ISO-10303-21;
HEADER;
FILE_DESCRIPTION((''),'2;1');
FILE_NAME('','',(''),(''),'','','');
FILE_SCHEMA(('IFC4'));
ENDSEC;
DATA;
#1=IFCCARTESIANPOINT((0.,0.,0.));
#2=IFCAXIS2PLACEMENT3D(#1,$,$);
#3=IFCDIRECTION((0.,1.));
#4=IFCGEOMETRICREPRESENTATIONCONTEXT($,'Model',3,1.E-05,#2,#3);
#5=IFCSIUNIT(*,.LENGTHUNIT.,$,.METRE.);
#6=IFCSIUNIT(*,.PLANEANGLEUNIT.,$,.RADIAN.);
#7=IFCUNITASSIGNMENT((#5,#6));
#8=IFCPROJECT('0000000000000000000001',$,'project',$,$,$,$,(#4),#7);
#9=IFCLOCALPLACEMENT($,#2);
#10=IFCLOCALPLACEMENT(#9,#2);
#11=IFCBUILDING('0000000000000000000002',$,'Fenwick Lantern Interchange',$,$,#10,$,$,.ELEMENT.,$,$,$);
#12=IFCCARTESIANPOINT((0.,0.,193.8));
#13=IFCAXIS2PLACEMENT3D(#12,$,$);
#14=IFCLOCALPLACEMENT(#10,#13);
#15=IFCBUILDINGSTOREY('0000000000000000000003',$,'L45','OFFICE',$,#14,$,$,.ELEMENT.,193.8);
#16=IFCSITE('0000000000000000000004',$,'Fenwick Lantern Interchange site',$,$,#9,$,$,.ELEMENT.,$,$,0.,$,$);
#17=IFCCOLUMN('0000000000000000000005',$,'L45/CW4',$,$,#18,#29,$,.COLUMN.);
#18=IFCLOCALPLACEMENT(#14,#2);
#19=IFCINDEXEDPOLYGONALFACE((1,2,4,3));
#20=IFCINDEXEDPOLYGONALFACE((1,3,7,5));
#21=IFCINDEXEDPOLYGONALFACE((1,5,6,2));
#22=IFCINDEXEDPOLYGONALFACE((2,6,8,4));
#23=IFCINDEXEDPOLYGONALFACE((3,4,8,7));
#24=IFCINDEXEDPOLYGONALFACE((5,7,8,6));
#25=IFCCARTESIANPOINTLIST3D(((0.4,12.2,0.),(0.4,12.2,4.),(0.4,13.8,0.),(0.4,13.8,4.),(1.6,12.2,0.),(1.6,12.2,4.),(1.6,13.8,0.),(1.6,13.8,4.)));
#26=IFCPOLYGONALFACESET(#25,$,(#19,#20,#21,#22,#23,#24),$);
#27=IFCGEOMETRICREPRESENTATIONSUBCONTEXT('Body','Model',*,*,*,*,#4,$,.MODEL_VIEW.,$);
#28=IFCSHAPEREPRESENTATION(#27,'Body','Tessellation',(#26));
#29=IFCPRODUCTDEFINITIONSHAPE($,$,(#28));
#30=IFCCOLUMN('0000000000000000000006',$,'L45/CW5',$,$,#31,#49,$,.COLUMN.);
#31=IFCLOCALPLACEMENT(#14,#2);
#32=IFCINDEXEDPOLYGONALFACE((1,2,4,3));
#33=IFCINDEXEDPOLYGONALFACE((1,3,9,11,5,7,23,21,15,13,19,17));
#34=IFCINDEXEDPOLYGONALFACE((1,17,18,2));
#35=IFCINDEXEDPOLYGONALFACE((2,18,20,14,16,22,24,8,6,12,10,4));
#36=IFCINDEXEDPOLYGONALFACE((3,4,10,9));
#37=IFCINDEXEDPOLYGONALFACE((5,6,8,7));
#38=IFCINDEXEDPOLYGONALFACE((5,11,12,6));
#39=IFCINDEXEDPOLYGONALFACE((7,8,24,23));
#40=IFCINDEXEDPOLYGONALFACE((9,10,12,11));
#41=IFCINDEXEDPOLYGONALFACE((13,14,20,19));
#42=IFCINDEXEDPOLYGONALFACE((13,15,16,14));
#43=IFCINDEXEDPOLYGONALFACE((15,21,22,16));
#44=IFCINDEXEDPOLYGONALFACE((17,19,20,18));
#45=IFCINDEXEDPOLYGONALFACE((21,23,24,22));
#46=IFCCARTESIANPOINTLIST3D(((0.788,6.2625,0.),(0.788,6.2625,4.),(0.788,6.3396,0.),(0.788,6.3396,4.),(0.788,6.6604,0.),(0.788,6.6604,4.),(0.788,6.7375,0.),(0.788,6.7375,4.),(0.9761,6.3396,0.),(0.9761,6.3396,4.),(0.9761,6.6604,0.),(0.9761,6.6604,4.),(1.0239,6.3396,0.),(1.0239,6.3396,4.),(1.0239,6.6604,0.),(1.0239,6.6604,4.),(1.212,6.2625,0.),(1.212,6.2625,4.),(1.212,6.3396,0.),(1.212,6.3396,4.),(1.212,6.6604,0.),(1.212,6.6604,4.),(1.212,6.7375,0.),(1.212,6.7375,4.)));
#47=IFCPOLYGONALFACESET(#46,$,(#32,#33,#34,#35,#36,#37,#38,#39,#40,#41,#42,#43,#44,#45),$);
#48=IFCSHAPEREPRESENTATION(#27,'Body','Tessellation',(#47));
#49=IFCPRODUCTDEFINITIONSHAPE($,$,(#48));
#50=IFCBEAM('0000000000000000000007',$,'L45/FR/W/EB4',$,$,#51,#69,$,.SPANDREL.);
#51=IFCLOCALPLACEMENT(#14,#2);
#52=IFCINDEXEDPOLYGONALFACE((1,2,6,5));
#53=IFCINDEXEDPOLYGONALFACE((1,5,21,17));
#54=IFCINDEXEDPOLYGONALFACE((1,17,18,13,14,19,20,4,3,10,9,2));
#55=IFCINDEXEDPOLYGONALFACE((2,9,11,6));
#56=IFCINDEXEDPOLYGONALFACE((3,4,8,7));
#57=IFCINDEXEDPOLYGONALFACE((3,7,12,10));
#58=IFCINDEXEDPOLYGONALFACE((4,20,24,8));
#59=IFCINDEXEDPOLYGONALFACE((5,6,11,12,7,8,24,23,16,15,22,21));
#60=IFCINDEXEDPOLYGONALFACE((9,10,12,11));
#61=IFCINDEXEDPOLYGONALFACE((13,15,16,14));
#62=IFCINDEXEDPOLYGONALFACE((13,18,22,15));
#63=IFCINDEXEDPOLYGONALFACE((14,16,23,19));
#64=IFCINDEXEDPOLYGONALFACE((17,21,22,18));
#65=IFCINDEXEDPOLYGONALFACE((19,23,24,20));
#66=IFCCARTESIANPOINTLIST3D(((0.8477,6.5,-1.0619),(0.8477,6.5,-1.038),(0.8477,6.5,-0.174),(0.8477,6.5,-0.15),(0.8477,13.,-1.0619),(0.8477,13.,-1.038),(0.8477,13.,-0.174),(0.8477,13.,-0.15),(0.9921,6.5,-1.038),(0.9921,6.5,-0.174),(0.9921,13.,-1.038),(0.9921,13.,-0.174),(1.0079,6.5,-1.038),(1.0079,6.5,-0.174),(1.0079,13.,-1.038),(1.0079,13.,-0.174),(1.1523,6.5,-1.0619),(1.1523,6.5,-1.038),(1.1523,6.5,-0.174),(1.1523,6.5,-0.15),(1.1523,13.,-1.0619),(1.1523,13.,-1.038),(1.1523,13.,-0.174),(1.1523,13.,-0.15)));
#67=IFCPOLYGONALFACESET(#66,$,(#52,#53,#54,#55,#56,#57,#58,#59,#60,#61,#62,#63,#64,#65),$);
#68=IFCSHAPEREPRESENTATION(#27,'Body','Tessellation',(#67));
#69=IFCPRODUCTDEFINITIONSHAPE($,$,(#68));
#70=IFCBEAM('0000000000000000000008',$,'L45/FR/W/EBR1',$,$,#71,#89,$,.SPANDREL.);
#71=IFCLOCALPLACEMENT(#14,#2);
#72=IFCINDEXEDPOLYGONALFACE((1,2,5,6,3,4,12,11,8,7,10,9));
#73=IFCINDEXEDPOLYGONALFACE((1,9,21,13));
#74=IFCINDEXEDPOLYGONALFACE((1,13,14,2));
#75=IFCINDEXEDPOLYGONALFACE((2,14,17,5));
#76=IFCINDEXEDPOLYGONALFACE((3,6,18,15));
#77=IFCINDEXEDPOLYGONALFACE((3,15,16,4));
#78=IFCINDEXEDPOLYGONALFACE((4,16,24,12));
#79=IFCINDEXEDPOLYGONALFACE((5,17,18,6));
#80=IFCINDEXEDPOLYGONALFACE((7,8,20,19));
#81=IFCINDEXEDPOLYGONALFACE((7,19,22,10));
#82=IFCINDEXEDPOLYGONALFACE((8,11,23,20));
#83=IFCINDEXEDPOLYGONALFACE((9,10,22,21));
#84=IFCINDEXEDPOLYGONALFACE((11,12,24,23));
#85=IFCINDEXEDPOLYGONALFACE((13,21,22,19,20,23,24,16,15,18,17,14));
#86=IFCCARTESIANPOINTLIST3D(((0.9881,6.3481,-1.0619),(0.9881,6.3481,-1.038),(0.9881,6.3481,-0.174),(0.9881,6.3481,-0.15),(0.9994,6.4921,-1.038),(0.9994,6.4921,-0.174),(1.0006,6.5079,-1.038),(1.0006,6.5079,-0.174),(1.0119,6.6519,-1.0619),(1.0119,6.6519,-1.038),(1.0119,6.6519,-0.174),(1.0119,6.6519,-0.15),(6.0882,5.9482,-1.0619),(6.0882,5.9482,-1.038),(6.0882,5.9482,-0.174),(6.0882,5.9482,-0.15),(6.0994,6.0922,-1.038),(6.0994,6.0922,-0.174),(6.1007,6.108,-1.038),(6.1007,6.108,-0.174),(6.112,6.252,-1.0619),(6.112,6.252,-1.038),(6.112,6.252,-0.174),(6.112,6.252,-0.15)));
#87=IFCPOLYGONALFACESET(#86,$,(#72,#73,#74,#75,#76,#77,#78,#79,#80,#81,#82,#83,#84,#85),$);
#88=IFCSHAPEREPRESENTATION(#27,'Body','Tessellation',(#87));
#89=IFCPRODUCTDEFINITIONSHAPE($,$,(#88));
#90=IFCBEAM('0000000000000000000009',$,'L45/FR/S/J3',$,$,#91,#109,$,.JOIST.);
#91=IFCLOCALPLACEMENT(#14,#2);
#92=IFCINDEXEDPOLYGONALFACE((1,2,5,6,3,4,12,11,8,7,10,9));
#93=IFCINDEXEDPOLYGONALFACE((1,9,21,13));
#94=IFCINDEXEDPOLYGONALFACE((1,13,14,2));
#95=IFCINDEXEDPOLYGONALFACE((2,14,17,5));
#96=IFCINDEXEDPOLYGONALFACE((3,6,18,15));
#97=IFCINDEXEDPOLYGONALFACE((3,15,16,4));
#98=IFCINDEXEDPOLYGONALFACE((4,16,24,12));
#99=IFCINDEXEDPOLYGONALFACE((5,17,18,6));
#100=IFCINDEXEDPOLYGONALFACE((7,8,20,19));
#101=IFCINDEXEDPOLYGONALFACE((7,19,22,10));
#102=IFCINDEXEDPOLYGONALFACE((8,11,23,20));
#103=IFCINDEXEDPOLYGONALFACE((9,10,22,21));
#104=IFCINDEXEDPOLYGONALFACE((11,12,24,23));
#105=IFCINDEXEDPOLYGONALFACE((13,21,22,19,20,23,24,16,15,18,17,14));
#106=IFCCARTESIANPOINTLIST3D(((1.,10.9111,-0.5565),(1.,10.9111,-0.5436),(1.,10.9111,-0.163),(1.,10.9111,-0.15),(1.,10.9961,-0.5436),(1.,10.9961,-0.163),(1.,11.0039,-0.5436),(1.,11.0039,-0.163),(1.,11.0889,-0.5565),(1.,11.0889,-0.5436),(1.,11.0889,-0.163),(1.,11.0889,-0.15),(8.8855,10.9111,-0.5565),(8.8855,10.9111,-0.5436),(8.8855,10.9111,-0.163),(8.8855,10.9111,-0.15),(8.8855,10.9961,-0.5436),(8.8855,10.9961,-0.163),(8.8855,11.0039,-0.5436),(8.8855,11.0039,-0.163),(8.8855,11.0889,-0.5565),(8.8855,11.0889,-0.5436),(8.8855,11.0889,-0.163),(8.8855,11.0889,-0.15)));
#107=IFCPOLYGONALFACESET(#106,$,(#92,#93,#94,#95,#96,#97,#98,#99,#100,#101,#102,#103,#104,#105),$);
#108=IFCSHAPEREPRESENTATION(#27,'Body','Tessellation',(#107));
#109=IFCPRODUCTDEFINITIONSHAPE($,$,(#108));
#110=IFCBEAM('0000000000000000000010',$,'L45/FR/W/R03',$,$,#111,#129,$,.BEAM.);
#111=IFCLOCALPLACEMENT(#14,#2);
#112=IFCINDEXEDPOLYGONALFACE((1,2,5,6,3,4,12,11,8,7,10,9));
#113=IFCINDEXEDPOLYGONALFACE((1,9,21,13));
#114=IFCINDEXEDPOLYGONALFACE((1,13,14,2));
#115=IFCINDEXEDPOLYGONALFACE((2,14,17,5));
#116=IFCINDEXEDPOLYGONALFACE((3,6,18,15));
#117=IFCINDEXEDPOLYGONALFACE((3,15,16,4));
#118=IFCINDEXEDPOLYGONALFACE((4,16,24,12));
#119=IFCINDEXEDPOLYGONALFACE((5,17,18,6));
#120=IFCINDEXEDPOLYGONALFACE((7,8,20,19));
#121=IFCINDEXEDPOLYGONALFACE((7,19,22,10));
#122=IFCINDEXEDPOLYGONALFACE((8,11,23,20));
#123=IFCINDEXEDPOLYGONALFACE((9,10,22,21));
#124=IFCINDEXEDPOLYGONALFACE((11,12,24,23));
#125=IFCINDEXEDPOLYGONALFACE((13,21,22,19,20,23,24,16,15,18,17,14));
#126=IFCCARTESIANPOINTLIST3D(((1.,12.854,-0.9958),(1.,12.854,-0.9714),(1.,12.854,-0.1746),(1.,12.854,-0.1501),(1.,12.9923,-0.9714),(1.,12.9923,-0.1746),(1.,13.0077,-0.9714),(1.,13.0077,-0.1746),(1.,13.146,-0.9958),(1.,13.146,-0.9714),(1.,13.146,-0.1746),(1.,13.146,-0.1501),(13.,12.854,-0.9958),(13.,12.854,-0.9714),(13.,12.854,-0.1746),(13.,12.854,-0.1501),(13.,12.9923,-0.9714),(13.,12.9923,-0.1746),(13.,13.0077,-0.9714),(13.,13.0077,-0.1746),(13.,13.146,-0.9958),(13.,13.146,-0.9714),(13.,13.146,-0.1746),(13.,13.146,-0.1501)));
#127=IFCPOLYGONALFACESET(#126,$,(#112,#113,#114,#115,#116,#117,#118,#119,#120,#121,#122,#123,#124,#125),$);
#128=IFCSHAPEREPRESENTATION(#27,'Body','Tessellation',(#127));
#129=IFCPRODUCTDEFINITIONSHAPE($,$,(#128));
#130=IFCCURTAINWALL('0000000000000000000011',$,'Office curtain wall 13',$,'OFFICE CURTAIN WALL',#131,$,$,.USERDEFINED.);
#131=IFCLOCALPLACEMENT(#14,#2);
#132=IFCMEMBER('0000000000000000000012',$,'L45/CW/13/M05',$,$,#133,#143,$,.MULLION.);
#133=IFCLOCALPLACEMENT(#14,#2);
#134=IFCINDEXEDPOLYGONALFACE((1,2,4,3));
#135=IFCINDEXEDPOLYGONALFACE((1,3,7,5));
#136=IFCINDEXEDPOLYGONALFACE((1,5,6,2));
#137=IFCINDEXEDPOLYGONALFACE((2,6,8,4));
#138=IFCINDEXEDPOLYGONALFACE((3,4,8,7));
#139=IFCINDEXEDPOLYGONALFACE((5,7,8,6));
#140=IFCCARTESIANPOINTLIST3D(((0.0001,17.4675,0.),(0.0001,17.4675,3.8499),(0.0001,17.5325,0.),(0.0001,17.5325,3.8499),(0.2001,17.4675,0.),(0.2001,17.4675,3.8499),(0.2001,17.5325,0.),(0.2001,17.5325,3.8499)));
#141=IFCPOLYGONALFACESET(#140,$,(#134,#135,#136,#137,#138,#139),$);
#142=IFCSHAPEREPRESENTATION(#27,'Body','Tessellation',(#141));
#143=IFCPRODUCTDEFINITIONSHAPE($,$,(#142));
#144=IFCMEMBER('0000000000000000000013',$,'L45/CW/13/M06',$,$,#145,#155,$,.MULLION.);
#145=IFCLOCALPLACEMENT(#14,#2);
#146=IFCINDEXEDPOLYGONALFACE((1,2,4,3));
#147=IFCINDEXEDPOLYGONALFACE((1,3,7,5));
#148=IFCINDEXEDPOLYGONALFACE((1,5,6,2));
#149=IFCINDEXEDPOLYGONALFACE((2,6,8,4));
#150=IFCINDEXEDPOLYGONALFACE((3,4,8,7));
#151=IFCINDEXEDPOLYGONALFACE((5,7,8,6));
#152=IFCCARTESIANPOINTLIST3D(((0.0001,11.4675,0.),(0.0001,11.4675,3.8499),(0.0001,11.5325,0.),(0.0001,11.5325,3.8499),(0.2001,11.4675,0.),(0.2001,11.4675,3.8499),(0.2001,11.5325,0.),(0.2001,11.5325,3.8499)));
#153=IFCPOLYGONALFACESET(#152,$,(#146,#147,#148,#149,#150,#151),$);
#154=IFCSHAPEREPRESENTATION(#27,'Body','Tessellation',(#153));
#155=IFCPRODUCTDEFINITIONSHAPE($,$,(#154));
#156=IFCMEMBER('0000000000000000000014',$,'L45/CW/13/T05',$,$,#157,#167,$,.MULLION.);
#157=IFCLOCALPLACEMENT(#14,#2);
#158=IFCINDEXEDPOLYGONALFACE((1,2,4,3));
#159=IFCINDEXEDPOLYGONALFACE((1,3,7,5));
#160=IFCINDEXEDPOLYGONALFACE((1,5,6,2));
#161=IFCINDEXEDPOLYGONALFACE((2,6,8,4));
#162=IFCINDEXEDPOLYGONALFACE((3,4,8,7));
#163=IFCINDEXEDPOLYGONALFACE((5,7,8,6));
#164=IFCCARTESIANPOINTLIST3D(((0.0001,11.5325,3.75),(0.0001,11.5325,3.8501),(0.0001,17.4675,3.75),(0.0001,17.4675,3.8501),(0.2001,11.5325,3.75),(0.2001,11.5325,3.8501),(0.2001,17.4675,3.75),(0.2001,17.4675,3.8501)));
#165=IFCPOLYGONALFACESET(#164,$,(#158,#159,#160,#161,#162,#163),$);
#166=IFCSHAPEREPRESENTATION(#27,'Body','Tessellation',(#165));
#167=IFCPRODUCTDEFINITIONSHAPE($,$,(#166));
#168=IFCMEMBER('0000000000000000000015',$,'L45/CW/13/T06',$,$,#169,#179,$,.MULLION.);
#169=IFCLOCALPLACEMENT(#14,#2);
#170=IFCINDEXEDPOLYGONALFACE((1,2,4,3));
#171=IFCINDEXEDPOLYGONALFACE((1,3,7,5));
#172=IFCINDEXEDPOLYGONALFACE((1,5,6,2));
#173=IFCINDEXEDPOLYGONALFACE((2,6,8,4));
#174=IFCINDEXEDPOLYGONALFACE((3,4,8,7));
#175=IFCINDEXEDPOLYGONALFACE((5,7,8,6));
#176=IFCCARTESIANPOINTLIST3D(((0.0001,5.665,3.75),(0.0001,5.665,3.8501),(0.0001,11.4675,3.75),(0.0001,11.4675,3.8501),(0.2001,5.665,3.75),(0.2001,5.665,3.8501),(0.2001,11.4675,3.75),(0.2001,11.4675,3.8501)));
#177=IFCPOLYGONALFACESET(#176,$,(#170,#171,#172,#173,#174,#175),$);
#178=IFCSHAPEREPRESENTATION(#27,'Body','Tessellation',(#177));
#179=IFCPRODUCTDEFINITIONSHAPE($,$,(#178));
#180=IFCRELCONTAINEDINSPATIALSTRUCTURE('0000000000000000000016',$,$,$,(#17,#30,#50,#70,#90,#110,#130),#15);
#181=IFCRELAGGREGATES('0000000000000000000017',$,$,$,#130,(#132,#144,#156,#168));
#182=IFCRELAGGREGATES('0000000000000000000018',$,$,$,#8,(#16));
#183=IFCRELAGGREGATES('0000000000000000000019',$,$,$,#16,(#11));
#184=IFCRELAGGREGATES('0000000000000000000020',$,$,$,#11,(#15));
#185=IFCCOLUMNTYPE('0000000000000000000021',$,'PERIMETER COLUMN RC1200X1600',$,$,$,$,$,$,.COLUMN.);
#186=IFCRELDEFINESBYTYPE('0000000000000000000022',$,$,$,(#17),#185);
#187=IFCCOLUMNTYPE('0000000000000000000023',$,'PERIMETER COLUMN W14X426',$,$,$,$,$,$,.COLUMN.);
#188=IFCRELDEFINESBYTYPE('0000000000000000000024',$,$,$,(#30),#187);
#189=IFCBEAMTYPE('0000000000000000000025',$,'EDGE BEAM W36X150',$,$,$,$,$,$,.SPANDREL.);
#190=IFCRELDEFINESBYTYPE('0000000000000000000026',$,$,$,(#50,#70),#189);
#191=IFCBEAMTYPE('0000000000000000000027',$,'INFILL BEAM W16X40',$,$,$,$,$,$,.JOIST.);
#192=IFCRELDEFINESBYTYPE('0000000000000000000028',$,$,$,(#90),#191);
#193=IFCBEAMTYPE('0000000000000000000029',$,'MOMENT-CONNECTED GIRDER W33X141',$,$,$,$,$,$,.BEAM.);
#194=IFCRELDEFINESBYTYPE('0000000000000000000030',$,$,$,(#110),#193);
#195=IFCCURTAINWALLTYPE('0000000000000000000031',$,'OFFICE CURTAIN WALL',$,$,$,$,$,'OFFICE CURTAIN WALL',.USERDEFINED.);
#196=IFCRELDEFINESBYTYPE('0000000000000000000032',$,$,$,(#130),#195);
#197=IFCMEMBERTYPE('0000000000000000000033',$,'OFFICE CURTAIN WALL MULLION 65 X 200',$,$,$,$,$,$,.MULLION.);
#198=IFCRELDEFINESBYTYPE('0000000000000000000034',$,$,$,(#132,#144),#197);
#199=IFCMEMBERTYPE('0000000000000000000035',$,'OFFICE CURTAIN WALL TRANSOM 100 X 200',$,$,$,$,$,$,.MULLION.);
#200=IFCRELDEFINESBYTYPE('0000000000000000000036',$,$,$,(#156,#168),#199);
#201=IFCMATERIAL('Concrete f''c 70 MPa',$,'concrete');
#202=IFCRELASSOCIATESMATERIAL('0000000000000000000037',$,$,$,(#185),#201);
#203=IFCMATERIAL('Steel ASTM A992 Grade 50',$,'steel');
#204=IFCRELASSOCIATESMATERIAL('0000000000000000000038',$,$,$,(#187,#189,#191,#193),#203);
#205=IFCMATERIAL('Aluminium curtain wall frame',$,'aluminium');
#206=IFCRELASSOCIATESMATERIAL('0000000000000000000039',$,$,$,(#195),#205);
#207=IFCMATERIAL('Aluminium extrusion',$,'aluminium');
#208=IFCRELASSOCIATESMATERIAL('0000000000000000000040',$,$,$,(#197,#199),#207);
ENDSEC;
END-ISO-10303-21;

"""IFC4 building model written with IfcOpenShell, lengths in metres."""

from ifc_helpers import new_model, si_unit, direction, frame, origin, origin_2d, place, context, subcontext, project, spatial, rectangle, i_section, extrude, material, material_profile, profile_set, type_object, element, aggregate, save


model = new_model("IFC4")

# Units and contexts
model_context = context("Model", 3, precision=1e-05, world=origin(), true_north=direction((0.0, 1.0)))
body_context = subcontext(model_context, "Body", "Model", "MODEL_VIEW")
ifc_project = project(units=[si_unit("LENGTHUNIT", "METRE"), si_unit("PLANEANGLEUNIT", "RADIAN")], contexts=[model_context])

# Site, building, storey
site_placement = place(None, origin())
site = spatial("IfcSite", under=ifc_project, at=site_placement, Name="Fenwick Lantern Interchange site", CompositionType="ELEMENT", RefElevation=0.0)
building_placement = place(site_placement, origin())
building = spatial("IfcBuilding", under=site, at=building_placement, Name="Fenwick Lantern Interchange", CompositionType="ELEMENT")
storey_placement = place(building_placement, frame((0.0, 0.0, 193.8)))
storey = spatial("IfcBuildingStorey", under=building, at=storey_placement, Name="L45", Description="OFFICE", CompositionType="ELEMENT", Elevation=193.8)

# Columns
ifc_material_1 = material(Name="Concrete f'c 70 MPa", Category="concrete")
ifc_material_profile_1 = material_profile(ifc_material_1, rectangle(XDim=1.2, YDim=1.6001, at=origin_2d()), Name="RC1200X1600")
ifc_profile_set_1 = profile_set([ifc_material_profile_1], Name="Concrete f'c 70 MPa")
column_type_1 = type_object("IfcColumnType", Name="PERIMETER COLUMN RC1200X1600", PredefinedType="COLUMN", material=ifc_profile_set_1)
column_1_placement = place(storey_placement, frame((1.0, 13.0, 0.0), z_axis=(0.0, 0.0, 1.0), x_axis=(1.0, 0.0, 0.0)))
element("IfcColumn", 1, at=column_1_placement, inside=storey, type_object=column_type_1, Name="L45/CW4", PredefinedType="COLUMN", context=body_context, shape_type="SweptSolid", body=[
    extrude(rectangle(XDim=1.2, YDim=1.6001, at=origin_2d()), origin(), (0.0, 0.0, 1.0), 4.0),
])
ifc_material_2 = material(Name="Steel ASTM A992 Grade 50", Category="steel")
ifc_material_profile_2 = material_profile(ifc_material_2, i_section(OverallWidth=0.4241, OverallDepth=0.4751, WebThickness=0.0479, FlangeThickness=0.0771, at=origin_2d()), Name="W14X426")
ifc_profile_set_2 = profile_set([ifc_material_profile_2], Name="Steel ASTM A992 Grade 50")
column_type_2 = type_object("IfcColumnType", Name="PERIMETER COLUMN W14X426", PredefinedType="COLUMN", material=ifc_profile_set_2)
column_2_placement = place(storey_placement, frame((1.0, 6.5, 0.0), z_axis=(0.0, 0.0, 1.0), x_axis=(1.0, 0.0, 0.0)))
element("IfcColumn", 2, at=column_2_placement, inside=storey, type_object=column_type_2, Name="L45/CW5", PredefinedType="COLUMN", context=body_context, shape_type="SweptSolid", body=[
    extrude(i_section(OverallWidth=0.4241, OverallDepth=0.4751, WebThickness=0.0479, FlangeThickness=0.0771, at=origin_2d()), origin(), (0.0, 0.0, 1.0), 4.0),
])

# Beams
ifc_material_profile_3 = material_profile(ifc_material_2, i_section(OverallWidth=0.3047, OverallDepth=0.9119, WebThickness=0.0159, FlangeThickness=0.0239, at=origin_2d()), Name="W36X150")
ifc_profile_set_3 = profile_set([ifc_material_profile_3], Name="Steel ASTM A992 Grade 50")
beam_type_1 = type_object("IfcBeamType", Name="EDGE BEAM W36X150", PredefinedType="SPANDREL", material=ifc_profile_set_3)
beam_1_placement = place(storey_placement, frame((1.0, 13.0, -0.606), z_axis=(0.0, -1.0, 0.0), x_axis=(1.0, 0.0, 0.0)))
element("IfcBeam", 3, at=beam_1_placement, inside=storey, type_object=beam_type_1, Name="L45/FR/W/EB4", PredefinedType="SPANDREL", context=body_context, shape_type="SweptSolid", body=[
    extrude(i_section(OverallWidth=0.3047, OverallDepth=0.9119, WebThickness=0.0159, FlangeThickness=0.0239, at=origin_2d()), origin(), (0.0, 0.0, 1.0), 6.5),
])
beam_2_placement = place(storey_placement, frame((1.0, 6.5, -0.606), z_axis=(0.99694, -0.078171, 0.0), x_axis=(0.078171, 0.99694, 0.0)))
element("IfcBeam", 4, at=beam_2_placement, inside=storey, type_object=beam_type_1, Name="L45/FR/W/EBR1", PredefinedType="SPANDREL", context=body_context, shape_type="SweptSolid", body=[
    extrude(i_section(OverallWidth=0.3047, OverallDepth=0.9119, WebThickness=0.0159, FlangeThickness=0.0239, at=origin_2d()), origin(), (0.0, 0.0, 1.0), 5.1157),
])
ifc_material_profile_4 = material_profile(ifc_material_2, i_section(OverallWidth=0.1777, OverallDepth=0.4065, WebThickness=0.0078, FlangeThickness=0.0129, at=origin_2d()), Name="W16X40")
ifc_profile_set_4 = profile_set([ifc_material_profile_4], Name="Steel ASTM A992 Grade 50")
beam_type_2 = type_object("IfcBeamType", Name="INFILL BEAM W16X40", PredefinedType="JOIST", material=ifc_profile_set_4)
beam_3_placement = place(storey_placement, frame((1.0, 11.0, -0.3533), z_axis=(1.0, 0.0, 0.0), x_axis=(0.0, 1.0, 0.0)))
element("IfcBeam", 5, at=beam_3_placement, inside=storey, type_object=beam_type_2, Name="L45/FR/S/J3", PredefinedType="JOIST", context=body_context, shape_type="SweptSolid", body=[
    extrude(i_section(OverallWidth=0.1777, OverallDepth=0.4065, WebThickness=0.0078, FlangeThickness=0.0129, at=origin_2d()), origin(), (0.0, 0.0, 1.0), 7.8855),
])
ifc_material_profile_5 = material_profile(ifc_material_2, i_section(OverallWidth=0.292, OverallDepth=0.8457, WebThickness=0.0154, FlangeThickness=0.0244, at=origin_2d()), Name="W33X141")
ifc_profile_set_5 = profile_set([ifc_material_profile_5], Name="Steel ASTM A992 Grade 50")
beam_type_3 = type_object("IfcBeamType", Name="MOMENT-CONNECTED GIRDER W33X141", PredefinedType="BEAM", material=ifc_profile_set_5)
beam_4_placement = place(storey_placement, frame((1.0, 13.0, -0.573), z_axis=(1.0, 0.0, 0.0), x_axis=(0.0, 1.0, 0.0)))
element("IfcBeam", 6, at=beam_4_placement, inside=storey, type_object=beam_type_3, Name="L45/FR/W/R03", PredefinedType="BEAM", context=body_context, shape_type="SweptSolid", body=[
    extrude(i_section(OverallWidth=0.292, OverallDepth=0.8457, WebThickness=0.0154, FlangeThickness=0.0244, at=origin_2d()), origin(), (0.0, 0.0, 1.0), 12.0),
])

# Curtain wall, members
ifc_material_3 = material(Name="Aluminium curtain wall frame", Category="aluminium")
curtain_wall_type = type_object("IfcCurtainWallType", Name="OFFICE CURTAIN WALL", ElementType="OFFICE CURTAIN WALL", PredefinedType="USERDEFINED", material=ifc_material_3)
curtain_wall_placement = place(storey_placement, origin())
curtain_wall = element("IfcCurtainWall", 7, at=curtain_wall_placement, inside=storey, type_object=curtain_wall_type, Name="Office curtain wall 13", ObjectType="OFFICE CURTAIN WALL", PredefinedType="USERDEFINED")
ifc_material_4 = material(Name="Aluminium extrusion", Category="aluminium")
ifc_material_profile_6 = material_profile(ifc_material_4, rectangle(XDim=0.2, YDim=0.0649, at=origin_2d()), Name="OFFICE CURTAIN WALL MULLION 65 X 200")
ifc_profile_set_6 = profile_set([ifc_material_profile_6], Name="Aluminium extrusion")
member_type_1 = type_object("IfcMemberType", Name="OFFICE CURTAIN WALL MULLION 65 X 200", PredefinedType="MULLION", material=ifc_profile_set_6)
member_1_placement = place(storey_placement, frame((0.1001, 17.5, 0.0), z_axis=(0.0, 0.0, 1.0), x_axis=(1.0, 0.0, 0.0)))
member_1 = element("IfcMember", 8, at=member_1_placement, type_object=member_type_1, Name="L45/CW/13/M05", PredefinedType="MULLION", context=body_context, shape_type="SweptSolid", body=[
    extrude(rectangle(XDim=0.2, YDim=0.0649, at=origin_2d()), origin(), (0.0, 0.0, 1.0), 3.8499),
])
member_2_placement = place(storey_placement, frame((0.1001, 11.5, 0.0), z_axis=(0.0, 0.0, 1.0), x_axis=(1.0, 0.0, 0.0)))
member_2 = element("IfcMember", 9, at=member_2_placement, type_object=member_type_1, Name="L45/CW/13/M06", PredefinedType="MULLION", context=body_context, shape_type="SweptSolid", body=[
    extrude(rectangle(XDim=0.2, YDim=0.0649, at=origin_2d()), origin(), (0.0, 0.0, 1.0), 3.8499),
])
ifc_material_profile_7 = material_profile(ifc_material_4, rectangle(XDim=0.2, YDim=0.1001, at=origin_2d()), Name="OFFICE CURTAIN WALL TRANSOM 100 X 200")
ifc_profile_set_7 = profile_set([ifc_material_profile_7], Name="Aluminium extrusion")
member_type_2 = type_object("IfcMemberType", Name="OFFICE CURTAIN WALL TRANSOM 100 X 200", PredefinedType="MULLION", material=ifc_profile_set_7)
member_3_placement = place(storey_placement, frame((0.1001, 17.4675, 3.8), z_axis=(0.0, -1.0, 0.0), x_axis=(1.0, 0.0, 0.0)))
member_3 = element("IfcMember", 10, at=member_3_placement, type_object=member_type_2, Name="L45/CW/13/T05", PredefinedType="MULLION", context=body_context, shape_type="SweptSolid", body=[
    extrude(rectangle(XDim=0.2, YDim=0.1001, at=origin_2d()), origin(), (0.0, 0.0, 1.0), 5.9351),
])
member_4_placement = place(storey_placement, frame((0.1001, 11.4675, 3.8), z_axis=(0.0, -1.0, 0.0), x_axis=(1.0, 0.0, 0.0)))
member_4 = element("IfcMember", 11, at=member_4_placement, type_object=member_type_2, Name="L45/CW/13/T06", PredefinedType="MULLION", context=body_context, shape_type="SweptSolid", body=[
    extrude(rectangle(XDim=0.2, YDim=0.1001, at=origin_2d()), origin(), (0.0, 0.0, 1.0), 5.8025),
])
aggregate(curtain_wall, [member_1, member_2, member_3, member_4])

save(model, "model.ifc")
